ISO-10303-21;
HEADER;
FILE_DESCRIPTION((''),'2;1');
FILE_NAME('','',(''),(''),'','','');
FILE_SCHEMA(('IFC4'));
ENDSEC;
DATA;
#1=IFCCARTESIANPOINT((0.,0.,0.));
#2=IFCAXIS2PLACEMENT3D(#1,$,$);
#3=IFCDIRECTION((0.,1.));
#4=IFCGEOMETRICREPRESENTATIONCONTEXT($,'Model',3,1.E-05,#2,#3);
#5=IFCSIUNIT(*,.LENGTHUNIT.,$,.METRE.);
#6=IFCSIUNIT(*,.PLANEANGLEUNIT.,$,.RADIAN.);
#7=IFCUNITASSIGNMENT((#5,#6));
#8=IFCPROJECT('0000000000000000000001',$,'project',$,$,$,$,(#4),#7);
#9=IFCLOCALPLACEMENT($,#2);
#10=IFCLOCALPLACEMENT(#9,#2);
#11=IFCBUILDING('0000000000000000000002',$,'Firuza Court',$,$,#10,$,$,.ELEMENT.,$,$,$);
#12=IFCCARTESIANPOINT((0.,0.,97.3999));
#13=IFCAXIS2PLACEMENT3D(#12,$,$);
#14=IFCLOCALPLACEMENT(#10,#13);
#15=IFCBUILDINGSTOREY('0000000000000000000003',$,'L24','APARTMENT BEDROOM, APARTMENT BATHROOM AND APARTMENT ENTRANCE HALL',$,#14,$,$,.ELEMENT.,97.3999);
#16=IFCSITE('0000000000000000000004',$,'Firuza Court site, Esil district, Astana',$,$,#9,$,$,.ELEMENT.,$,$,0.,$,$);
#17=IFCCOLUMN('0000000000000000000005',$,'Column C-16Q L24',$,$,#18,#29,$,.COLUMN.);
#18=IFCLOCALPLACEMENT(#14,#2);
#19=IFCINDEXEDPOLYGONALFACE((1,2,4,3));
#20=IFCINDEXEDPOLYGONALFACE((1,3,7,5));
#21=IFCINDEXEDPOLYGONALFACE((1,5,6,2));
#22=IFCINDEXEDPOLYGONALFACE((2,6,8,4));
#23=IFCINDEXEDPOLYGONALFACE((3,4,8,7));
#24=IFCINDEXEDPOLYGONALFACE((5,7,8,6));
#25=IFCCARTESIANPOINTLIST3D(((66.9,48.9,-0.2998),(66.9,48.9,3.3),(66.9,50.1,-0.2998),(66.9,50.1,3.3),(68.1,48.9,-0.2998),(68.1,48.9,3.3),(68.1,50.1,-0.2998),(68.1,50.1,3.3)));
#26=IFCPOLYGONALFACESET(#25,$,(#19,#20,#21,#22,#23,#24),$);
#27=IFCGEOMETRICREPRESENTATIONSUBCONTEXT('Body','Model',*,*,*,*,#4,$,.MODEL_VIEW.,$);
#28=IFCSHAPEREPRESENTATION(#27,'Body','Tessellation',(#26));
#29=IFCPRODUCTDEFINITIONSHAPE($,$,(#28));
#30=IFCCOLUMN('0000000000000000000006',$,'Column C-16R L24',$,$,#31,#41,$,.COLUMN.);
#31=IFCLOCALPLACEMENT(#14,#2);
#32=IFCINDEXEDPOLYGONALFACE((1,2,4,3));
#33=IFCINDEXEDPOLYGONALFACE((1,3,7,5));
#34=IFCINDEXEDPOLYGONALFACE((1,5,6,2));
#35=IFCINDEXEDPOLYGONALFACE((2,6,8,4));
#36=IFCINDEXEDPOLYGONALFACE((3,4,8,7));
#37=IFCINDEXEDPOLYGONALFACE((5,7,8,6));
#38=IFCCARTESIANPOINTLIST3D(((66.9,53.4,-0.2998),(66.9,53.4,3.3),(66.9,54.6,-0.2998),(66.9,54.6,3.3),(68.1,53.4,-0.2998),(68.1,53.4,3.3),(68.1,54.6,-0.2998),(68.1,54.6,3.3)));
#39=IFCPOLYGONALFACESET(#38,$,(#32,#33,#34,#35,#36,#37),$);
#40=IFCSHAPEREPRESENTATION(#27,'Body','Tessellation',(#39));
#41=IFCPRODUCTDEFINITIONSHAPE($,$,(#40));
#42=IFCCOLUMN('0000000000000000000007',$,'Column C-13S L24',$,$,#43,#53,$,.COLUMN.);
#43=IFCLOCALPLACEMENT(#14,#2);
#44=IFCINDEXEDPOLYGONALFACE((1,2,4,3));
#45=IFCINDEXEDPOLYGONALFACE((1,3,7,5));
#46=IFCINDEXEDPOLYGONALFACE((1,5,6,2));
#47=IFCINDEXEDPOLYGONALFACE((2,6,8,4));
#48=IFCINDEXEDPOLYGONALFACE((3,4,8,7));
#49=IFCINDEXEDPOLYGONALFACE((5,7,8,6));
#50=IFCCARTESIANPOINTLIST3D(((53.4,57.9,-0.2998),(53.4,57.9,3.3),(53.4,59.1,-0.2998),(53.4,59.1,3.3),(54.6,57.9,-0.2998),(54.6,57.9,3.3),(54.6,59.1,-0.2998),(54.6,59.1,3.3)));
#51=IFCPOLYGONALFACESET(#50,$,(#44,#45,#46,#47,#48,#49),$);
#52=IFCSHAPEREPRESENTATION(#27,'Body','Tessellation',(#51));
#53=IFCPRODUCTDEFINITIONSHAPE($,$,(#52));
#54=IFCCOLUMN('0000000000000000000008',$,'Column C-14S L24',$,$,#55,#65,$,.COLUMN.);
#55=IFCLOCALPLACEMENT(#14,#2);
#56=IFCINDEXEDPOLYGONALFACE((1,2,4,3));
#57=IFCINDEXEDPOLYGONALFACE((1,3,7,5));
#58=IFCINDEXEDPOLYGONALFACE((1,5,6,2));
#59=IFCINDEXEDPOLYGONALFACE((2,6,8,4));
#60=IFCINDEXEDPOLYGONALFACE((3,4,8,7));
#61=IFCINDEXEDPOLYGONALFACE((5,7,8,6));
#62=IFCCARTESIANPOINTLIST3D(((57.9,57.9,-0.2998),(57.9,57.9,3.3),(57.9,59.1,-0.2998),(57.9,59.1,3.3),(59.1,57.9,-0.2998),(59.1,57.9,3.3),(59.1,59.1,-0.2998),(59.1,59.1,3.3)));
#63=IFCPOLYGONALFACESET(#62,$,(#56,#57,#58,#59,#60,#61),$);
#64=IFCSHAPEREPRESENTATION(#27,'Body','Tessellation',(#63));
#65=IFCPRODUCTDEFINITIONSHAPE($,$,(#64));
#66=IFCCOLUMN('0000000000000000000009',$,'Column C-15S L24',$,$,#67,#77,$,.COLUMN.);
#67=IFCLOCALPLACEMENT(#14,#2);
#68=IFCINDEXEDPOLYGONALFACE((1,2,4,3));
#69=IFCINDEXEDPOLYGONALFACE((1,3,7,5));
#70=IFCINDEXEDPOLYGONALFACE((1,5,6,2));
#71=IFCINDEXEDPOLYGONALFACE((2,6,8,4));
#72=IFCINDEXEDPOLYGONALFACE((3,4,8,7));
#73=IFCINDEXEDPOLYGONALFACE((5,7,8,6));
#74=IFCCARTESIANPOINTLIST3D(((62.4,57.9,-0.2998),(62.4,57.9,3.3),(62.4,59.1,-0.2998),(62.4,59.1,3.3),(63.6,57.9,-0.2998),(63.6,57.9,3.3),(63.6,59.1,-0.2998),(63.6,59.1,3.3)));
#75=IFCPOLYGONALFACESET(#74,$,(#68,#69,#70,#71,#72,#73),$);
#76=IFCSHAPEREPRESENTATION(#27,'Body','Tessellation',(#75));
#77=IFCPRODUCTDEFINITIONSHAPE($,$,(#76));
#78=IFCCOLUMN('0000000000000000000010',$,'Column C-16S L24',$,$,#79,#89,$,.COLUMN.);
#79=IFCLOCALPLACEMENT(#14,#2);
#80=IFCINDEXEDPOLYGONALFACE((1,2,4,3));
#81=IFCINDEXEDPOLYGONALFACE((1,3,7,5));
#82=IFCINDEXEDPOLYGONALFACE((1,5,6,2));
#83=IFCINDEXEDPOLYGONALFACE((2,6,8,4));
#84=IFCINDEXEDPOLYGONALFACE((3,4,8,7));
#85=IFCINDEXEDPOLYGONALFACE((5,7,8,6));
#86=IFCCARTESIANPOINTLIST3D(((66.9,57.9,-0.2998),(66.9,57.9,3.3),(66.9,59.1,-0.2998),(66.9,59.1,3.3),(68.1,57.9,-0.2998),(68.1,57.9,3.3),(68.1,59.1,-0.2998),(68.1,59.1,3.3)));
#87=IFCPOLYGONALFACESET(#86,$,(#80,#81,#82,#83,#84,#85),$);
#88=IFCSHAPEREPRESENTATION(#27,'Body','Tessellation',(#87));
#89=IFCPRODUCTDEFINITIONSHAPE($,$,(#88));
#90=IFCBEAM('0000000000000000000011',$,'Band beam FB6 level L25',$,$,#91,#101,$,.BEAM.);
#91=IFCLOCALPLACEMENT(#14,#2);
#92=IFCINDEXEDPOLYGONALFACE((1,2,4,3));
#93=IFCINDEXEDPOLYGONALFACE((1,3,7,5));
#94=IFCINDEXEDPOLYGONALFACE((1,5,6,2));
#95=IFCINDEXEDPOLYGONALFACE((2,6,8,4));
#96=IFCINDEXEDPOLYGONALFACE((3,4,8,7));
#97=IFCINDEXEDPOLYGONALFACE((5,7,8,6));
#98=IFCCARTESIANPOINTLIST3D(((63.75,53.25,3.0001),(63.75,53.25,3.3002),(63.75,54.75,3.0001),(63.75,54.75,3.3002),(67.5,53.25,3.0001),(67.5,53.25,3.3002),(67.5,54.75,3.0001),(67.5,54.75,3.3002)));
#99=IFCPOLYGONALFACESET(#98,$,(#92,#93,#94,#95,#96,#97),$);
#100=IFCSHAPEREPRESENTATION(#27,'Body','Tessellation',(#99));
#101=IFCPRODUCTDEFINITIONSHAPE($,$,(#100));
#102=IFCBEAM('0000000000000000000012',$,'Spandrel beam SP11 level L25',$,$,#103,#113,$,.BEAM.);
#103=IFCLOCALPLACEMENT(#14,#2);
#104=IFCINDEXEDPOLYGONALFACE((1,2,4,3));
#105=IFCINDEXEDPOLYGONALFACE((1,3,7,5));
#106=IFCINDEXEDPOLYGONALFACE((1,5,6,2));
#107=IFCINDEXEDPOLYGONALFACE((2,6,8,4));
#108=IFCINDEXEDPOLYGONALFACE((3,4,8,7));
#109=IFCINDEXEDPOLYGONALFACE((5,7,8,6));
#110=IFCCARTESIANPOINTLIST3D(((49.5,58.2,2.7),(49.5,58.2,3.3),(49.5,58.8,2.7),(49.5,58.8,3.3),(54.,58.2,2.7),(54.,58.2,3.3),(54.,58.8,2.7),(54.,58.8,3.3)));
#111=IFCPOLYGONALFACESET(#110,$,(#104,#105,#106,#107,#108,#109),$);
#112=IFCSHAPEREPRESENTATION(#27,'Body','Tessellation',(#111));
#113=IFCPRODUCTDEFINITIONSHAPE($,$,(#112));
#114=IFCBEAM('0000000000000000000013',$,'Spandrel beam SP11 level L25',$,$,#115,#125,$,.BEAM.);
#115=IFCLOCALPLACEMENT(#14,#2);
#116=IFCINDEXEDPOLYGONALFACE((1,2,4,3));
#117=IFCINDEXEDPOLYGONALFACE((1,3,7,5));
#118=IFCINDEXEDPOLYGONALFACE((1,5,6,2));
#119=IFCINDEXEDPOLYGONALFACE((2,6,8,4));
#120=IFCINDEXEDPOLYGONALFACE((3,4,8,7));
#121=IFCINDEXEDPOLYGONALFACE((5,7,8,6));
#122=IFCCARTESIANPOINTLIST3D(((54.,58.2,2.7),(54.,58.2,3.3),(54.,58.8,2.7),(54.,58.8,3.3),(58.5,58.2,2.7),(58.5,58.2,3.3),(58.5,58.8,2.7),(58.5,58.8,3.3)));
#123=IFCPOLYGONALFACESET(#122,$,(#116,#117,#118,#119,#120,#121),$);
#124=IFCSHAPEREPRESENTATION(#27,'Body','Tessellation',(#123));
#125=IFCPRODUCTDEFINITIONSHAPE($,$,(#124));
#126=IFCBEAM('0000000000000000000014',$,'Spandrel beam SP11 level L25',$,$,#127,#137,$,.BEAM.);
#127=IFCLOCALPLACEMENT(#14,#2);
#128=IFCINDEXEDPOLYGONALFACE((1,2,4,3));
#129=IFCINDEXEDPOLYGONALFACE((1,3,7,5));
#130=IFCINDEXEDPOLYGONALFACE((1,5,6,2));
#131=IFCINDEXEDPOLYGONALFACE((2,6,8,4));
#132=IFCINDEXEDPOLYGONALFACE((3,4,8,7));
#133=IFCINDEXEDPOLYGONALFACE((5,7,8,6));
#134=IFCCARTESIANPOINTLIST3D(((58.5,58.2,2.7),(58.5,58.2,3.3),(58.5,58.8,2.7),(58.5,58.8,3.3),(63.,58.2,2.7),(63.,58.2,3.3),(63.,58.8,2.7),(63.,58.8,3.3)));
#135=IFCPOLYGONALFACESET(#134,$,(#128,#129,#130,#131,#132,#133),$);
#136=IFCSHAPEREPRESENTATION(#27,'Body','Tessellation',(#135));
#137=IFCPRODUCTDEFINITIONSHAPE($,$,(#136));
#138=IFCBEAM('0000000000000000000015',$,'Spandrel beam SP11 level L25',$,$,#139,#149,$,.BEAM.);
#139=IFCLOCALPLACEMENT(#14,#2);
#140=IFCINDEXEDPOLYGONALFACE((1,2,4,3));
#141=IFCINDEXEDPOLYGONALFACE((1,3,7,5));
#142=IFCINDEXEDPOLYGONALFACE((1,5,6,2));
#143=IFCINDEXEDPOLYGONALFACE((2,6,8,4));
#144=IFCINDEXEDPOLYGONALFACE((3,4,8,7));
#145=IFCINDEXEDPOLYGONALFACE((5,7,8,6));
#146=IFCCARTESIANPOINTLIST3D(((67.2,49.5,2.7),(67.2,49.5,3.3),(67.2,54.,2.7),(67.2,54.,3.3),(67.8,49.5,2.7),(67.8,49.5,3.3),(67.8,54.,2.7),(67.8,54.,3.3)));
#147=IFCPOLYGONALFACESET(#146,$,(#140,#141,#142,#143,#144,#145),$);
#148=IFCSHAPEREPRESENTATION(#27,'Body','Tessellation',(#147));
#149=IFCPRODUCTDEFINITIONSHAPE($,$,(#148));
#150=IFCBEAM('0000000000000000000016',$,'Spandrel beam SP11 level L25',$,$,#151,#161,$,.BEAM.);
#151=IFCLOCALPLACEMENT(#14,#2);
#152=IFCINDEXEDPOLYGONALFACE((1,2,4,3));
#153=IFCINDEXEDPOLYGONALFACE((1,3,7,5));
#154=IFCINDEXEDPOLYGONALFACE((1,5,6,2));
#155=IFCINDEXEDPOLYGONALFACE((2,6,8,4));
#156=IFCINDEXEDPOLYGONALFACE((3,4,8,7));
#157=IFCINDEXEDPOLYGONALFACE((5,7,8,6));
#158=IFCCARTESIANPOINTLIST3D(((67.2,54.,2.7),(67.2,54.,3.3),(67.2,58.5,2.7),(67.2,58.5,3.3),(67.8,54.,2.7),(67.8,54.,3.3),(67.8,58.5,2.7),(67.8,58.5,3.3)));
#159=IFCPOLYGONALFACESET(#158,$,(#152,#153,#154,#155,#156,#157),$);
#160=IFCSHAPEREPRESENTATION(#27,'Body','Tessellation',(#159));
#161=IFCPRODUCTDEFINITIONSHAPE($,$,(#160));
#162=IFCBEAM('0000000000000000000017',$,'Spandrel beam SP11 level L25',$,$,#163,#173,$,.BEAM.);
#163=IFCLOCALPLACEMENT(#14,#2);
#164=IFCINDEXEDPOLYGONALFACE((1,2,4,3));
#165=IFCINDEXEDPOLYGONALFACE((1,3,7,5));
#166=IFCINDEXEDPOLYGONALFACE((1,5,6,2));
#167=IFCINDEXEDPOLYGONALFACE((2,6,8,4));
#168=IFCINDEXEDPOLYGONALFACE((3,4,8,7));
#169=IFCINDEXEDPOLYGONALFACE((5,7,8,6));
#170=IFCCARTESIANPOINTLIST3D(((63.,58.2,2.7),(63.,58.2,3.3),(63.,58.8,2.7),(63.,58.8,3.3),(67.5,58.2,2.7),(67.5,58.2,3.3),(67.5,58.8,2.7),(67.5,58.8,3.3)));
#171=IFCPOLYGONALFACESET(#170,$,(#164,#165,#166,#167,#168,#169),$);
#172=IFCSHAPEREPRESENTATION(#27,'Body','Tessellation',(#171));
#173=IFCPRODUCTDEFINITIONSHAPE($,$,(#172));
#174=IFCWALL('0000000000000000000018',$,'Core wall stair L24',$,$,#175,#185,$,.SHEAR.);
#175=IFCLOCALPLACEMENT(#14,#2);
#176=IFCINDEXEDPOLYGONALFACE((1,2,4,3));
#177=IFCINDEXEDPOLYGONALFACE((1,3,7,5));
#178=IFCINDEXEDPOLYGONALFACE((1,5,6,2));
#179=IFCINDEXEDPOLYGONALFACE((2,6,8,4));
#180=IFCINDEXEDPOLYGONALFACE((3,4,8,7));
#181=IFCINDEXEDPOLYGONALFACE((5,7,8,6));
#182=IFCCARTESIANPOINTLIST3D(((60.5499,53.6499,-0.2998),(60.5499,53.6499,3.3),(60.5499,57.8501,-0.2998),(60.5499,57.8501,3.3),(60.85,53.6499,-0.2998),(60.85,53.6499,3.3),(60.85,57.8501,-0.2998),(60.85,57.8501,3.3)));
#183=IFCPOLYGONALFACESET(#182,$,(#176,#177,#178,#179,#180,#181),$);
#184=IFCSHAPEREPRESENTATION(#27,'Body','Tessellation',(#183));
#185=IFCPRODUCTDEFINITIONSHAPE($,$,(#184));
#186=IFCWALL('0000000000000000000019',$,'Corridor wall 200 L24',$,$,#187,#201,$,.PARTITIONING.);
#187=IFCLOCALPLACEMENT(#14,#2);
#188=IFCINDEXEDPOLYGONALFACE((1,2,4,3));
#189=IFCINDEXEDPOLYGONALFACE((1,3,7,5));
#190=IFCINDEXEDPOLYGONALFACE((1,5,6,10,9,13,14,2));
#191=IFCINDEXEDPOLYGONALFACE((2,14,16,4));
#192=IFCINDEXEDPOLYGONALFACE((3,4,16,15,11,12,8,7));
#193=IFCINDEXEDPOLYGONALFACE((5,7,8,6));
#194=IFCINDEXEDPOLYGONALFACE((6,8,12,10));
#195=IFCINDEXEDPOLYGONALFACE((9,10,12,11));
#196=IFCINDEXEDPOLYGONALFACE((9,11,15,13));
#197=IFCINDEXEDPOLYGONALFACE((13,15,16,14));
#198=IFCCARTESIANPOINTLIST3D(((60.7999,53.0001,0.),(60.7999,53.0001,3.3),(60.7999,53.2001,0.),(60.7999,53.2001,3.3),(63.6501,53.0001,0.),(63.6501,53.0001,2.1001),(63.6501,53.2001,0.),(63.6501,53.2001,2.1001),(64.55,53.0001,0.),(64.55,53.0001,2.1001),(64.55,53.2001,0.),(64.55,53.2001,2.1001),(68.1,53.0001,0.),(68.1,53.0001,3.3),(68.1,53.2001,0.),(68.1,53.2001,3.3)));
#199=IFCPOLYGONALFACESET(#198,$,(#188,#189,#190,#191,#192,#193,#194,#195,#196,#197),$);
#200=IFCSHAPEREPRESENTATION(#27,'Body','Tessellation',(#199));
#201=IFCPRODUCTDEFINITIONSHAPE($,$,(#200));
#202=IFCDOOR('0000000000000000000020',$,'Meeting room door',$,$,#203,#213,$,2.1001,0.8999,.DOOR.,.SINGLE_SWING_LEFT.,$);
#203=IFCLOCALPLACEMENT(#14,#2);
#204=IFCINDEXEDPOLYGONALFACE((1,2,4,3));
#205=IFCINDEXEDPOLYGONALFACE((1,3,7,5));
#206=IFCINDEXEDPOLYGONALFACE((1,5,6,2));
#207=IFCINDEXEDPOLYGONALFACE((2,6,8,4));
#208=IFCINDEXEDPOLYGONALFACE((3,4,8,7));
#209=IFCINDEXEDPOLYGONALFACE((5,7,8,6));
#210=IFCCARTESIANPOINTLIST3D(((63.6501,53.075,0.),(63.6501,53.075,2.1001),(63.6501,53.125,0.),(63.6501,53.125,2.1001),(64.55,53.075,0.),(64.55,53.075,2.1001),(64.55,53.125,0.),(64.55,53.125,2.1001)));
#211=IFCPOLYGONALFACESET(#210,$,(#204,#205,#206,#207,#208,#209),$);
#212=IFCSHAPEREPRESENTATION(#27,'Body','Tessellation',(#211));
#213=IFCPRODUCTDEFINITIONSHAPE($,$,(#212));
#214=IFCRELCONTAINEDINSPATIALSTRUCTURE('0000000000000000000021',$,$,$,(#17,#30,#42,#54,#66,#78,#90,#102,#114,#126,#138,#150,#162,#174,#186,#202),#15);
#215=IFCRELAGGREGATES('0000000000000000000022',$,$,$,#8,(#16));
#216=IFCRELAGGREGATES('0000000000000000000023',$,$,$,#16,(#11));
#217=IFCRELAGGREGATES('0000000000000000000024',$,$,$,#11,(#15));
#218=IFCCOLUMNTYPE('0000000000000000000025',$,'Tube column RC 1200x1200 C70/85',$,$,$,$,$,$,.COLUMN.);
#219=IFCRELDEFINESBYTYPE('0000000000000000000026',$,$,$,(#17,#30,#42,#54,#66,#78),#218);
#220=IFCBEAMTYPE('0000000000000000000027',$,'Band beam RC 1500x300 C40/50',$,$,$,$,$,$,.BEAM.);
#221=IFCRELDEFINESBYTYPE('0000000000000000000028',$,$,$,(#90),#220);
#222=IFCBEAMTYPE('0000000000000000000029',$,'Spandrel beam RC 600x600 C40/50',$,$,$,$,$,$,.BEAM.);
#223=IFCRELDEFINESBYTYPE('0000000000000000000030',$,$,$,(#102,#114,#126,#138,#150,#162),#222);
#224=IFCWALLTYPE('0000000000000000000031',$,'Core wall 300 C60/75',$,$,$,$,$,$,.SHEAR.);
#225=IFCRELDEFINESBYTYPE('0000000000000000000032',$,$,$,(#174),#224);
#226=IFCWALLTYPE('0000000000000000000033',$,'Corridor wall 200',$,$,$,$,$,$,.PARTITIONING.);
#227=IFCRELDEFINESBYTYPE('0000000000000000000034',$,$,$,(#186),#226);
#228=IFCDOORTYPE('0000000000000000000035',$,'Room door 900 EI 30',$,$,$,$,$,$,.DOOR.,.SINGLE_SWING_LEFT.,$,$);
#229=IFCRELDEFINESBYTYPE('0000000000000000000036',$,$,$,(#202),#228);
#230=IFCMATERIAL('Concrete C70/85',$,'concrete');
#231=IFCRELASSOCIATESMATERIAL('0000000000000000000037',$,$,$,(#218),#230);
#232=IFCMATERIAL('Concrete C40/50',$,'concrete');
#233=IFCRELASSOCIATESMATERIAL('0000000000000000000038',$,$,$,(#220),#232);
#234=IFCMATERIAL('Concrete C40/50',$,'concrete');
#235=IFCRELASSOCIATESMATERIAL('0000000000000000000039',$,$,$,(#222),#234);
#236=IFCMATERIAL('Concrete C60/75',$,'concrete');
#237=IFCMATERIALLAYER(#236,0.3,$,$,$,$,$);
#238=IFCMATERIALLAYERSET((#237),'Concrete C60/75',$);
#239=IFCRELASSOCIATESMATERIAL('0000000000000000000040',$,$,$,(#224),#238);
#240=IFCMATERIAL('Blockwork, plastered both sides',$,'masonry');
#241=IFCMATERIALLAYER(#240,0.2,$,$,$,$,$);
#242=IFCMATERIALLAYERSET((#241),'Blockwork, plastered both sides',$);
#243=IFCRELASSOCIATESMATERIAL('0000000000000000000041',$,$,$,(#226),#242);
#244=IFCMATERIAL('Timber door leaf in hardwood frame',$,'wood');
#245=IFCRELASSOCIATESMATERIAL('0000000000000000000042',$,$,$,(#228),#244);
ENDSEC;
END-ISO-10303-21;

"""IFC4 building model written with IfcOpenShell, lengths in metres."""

from ifc_helpers import new_model, si_unit, direction, frame, frame_2d, origin, origin_2d, place, context, subcontext, project, spatial, rectangle, extrude, material, layer, layer_set, material_profile, profile_set, type_object, element, fill, save


model = new_model("IFC4")

# Units and contexts
model_context = context("Model", 3, precision=1e-05, world=origin(), true_north=direction((0.0, 1.0)))
body_context = subcontext(model_context, "Body", "Model", "MODEL_VIEW")
ifc_project = project(units=[si_unit("LENGTHUNIT", "METRE"), si_unit("PLANEANGLEUNIT", "RADIAN")], contexts=[model_context])

# Site, building, storey
site_placement = place(None, origin())
site = spatial("IfcSite", under=ifc_project, at=site_placement, Name="Firuza Court site, Esil district, Astana", CompositionType="ELEMENT", RefElevation=0.0)
building_placement = place(site_placement, origin())
building = spatial("IfcBuilding", under=site, at=building_placement, Name="Firuza Court", CompositionType="ELEMENT")
storey_placement = place(building_placement, frame((0.0, 0.0, 97.3999)))
storey = spatial("IfcBuildingStorey", under=building, at=storey_placement, Name="L24", Description="APARTMENT BEDROOM, APARTMENT BATHROOM AND APARTMENT ENTRANCE HALL", CompositionType="ELEMENT", Elevation=97.3999)

# Columns
ifc_material_1 = material(Name="Concrete C70/85", Category="concrete")
ifc_material_profile_1 = material_profile(ifc_material_1, rectangle(XDim=1.2, YDim=1.2, at=origin_2d()), Name="RC 1200x1200")
ifc_profile_set_1 = profile_set([ifc_material_profile_1], Name="Concrete C70/85")
column_type = type_object("IfcColumnType", Name="Tube column RC 1200x1200 C70/85", PredefinedType="COLUMN", material=ifc_profile_set_1)
for number, where, z_axis, x_axis, name in (
    (1, (67.5, 49.5, -0.2998), (0.0, 0.0, 1.0), (1.0, 0.0, 0.0), "Column C-16Q L24"),
    (2, (67.5, 54.0, -0.2998), (0.0, 0.0, 1.0), (1.0, 0.0, 0.0), "Column C-16R L24"),
    (3, (54.0, 58.5, -0.2998), (0.0, 0.0, 1.0), (1.0, 0.0, 0.0), "Column C-13S L24"),
    (4, (58.5, 58.5, -0.2998), (0.0, 0.0, 1.0), (1.0, 0.0, 0.0), "Column C-14S L24"),
    (5, (63.0, 58.5, -0.2998), (0.0, 0.0, 1.0), (1.0, 0.0, 0.0), "Column C-15S L24"),
    (6, (67.5, 58.5, -0.2998), (0.0, 0.0, 1.0), (1.0, 0.0, 0.0), "Column C-16S L24"),
):
    element("IfcColumn", number, at=place(storey_placement, frame(where, z_axis=z_axis, x_axis=x_axis)), inside=storey, type_object=column_type, Name=name, PredefinedType="COLUMN", context=body_context, shape_type="SweptSolid", body=[
        extrude(rectangle(XDim=1.2, YDim=1.2, at=origin_2d()), origin(), (0.0, 0.0, 1.0), 3.5999),
    ])

# Beams
ifc_material_2 = material(Name="Concrete C40/50", Category="concrete")
ifc_material_profile_2 = material_profile(ifc_material_2, rectangle(XDim=1.5, YDim=0.3, at=origin_2d()), Name="RC 1500x300")
ifc_profile_set_2 = profile_set([ifc_material_profile_2], Name="Concrete C40/50")
beam_type_1 = type_object("IfcBeamType", Name="Band beam RC 1500x300 C40/50", PredefinedType="BEAM", material=ifc_profile_set_2)
beam_placement = place(storey_placement, frame((67.5, 54.0, 3.1501), z_axis=(-1.0, 0.0, 0.0), x_axis=(0.0, -1.0, 0.0)))
element("IfcBeam", 7, at=beam_placement, inside=storey, type_object=beam_type_1, Name="Band beam FB6 level L25", PredefinedType="BEAM", context=body_context, shape_type="SweptSolid", body=[
    extrude(rectangle(XDim=1.5, YDim=0.3, at=origin_2d()), origin(), (0.0, 0.0, 1.0), 3.75),
])
ifc_material_3 = material(Name="Concrete C40/50", Category="concrete")
ifc_material_profile_3 = material_profile(ifc_material_3, rectangle(XDim=0.6001, YDim=0.6001, at=origin_2d()), Name="RC 600x600")
ifc_profile_set_3 = profile_set([ifc_material_profile_3], Name="Concrete C40/50")
beam_type_2 = type_object("IfcBeamType", Name="Spandrel beam RC 600x600 C40/50", PredefinedType="BEAM", material=ifc_profile_set_3)
for number, where, z_axis, x_axis, name in (
    (8, (54.0, 58.5, 3.0), (-1.0, 0.0, 0.0), (0.0, -1.0, 0.0), "Spandrel beam SP11 level L25"),
    (9, (58.5, 58.5, 3.0), (-1.0, 0.0, 0.0), (0.0, -1.0, 0.0), "Spandrel beam SP11 level L25"),
    (10, (63.0, 58.5, 3.0), (-1.0, 0.0, 0.0), (0.0, -1.0, 0.0), "Spandrel beam SP11 level L25"),
    (11, (67.5, 49.5, 3.0), (0.0, 1.0, 0.0), (-1.0, 0.0, 0.0), "Spandrel beam SP11 level L25"),
    (12, (67.5, 54.0, 3.0), (0.0, 1.0, 0.0), (-1.0, 0.0, 0.0), "Spandrel beam SP11 level L25"),
    (13, (67.5, 58.5, 3.0), (-1.0, 0.0, 0.0), (0.0, -1.0, 0.0), "Spandrel beam SP11 level L25"),
):
    element("IfcBeam", number, at=place(storey_placement, frame(where, z_axis=z_axis, x_axis=x_axis)), inside=storey, type_object=beam_type_2, Name=name, PredefinedType="BEAM", context=body_context, shape_type="SweptSolid", body=[
        extrude(rectangle(XDim=0.6001, YDim=0.6001, at=origin_2d()), origin(), (0.0, 0.0, 1.0), 4.5),
    ])

# Wall
ifc_material_4 = material(Name="Concrete C60/75", Category="concrete")
ifc_layer_1 = layer(ifc_material_4, 0.3)
ifc_layer_set_1 = layer_set([ifc_layer_1], Name="Concrete C60/75")
wall_type_1 = type_object("IfcWallType", Name="Core wall 300 C60/75", PredefinedType="SHEAR", material=ifc_layer_set_1)
wall_1_placement = place(storey_placement, frame((60.7, 53.6499, -0.2998), z_axis=(0.0, 0.0, 1.0), x_axis=(0.0, 1.0, 0.0)))
element("IfcWall", 14, at=wall_1_placement, inside=storey, type_object=wall_type_1, Name="Core wall stair L24", PredefinedType="SHEAR", context=body_context, shape_type="SweptSolid", body=[
    extrude(rectangle(XDim=4.2002, YDim=0.3, at=frame_2d((2.1001, 0.0))), origin(), (0.0, 0.0, 1.0), 3.5999),
])

# Wall, opening, door
ifc_material_5 = material(Name="Blockwork, plastered both sides", Category="masonry")
ifc_layer_2 = layer(ifc_material_5, 0.2)
ifc_layer_set_2 = layer_set([ifc_layer_2], Name="Blockwork, plastered both sides")
wall_type_2 = type_object("IfcWallType", Name="Corridor wall 200", PredefinedType="PARTITIONING", material=ifc_layer_set_2)
wall_2_placement = place(storey_placement, frame((60.8, 53.1001, 0.0), z_axis=(0.0, 0.0, 1.0), x_axis=(1.0, 0.0, 0.0)))
wall_2 = element("IfcWall", 15, at=wall_2_placement, inside=storey, type_object=wall_type_2, Name="Corridor wall 200 L24", PredefinedType="PARTITIONING", context=body_context, shape_type="SweptSolid", body=[
    extrude(rectangle(XDim=7.3, YDim=0.2, at=frame_2d((3.6499, 0.0))), origin(), (0.0, 0.0, 1.0), 3.3),
])
opening_1_placement = place(wall_2_placement, frame((2.8501, 0.0, 0.0)))
opening_1 = element("IfcOpeningElement", 16, at=opening_1_placement, cuts=wall_2, PredefinedType="OPENING", context=body_context, shape_type="SweptSolid", body=[
    extrude(rectangle(XDim=0.8999, YDim=2.1001, at=frame_2d((0.45, 1.05))), frame((0.0, 0.1118, 0.0), z_axis=(0.0, -1.0, 0.0), x_axis=(1.0, 0.0, 0.0)), (0.0, 0.0, 1.0), 0.2239),
])
ifc_material_6 = material(Name="Timber door leaf in hardwood frame", Category="wood")
door_type = type_object("IfcDoorType", Name="Room door 900 EI 30", OperationType="SINGLE_SWING_LEFT", PredefinedType="DOOR", material=ifc_material_6)
door_placement = place(opening_1_placement, origin())
door = element("IfcDoor", 17, at=door_placement, inside=storey, type_object=door_type, Name="Meeting room door", OperationType="SINGLE_SWING_LEFT", OverallHeight=2.1001, OverallWidth=0.8999, PredefinedType="DOOR", context=body_context, shape_type="SweptSolid", body=[
    extrude(rectangle(XDim=0.8999, YDim=2.1001, at=frame_2d((0.45, 1.05))), frame((0.0, 0.0249, 0.0), z_axis=(0.0, -1.0, 0.0), x_axis=(1.0, 0.0, 0.0)), (0.0, 0.0, 1.0), 0.05),
])
fill(opening_1, door)

save(model, "model.ifc")
